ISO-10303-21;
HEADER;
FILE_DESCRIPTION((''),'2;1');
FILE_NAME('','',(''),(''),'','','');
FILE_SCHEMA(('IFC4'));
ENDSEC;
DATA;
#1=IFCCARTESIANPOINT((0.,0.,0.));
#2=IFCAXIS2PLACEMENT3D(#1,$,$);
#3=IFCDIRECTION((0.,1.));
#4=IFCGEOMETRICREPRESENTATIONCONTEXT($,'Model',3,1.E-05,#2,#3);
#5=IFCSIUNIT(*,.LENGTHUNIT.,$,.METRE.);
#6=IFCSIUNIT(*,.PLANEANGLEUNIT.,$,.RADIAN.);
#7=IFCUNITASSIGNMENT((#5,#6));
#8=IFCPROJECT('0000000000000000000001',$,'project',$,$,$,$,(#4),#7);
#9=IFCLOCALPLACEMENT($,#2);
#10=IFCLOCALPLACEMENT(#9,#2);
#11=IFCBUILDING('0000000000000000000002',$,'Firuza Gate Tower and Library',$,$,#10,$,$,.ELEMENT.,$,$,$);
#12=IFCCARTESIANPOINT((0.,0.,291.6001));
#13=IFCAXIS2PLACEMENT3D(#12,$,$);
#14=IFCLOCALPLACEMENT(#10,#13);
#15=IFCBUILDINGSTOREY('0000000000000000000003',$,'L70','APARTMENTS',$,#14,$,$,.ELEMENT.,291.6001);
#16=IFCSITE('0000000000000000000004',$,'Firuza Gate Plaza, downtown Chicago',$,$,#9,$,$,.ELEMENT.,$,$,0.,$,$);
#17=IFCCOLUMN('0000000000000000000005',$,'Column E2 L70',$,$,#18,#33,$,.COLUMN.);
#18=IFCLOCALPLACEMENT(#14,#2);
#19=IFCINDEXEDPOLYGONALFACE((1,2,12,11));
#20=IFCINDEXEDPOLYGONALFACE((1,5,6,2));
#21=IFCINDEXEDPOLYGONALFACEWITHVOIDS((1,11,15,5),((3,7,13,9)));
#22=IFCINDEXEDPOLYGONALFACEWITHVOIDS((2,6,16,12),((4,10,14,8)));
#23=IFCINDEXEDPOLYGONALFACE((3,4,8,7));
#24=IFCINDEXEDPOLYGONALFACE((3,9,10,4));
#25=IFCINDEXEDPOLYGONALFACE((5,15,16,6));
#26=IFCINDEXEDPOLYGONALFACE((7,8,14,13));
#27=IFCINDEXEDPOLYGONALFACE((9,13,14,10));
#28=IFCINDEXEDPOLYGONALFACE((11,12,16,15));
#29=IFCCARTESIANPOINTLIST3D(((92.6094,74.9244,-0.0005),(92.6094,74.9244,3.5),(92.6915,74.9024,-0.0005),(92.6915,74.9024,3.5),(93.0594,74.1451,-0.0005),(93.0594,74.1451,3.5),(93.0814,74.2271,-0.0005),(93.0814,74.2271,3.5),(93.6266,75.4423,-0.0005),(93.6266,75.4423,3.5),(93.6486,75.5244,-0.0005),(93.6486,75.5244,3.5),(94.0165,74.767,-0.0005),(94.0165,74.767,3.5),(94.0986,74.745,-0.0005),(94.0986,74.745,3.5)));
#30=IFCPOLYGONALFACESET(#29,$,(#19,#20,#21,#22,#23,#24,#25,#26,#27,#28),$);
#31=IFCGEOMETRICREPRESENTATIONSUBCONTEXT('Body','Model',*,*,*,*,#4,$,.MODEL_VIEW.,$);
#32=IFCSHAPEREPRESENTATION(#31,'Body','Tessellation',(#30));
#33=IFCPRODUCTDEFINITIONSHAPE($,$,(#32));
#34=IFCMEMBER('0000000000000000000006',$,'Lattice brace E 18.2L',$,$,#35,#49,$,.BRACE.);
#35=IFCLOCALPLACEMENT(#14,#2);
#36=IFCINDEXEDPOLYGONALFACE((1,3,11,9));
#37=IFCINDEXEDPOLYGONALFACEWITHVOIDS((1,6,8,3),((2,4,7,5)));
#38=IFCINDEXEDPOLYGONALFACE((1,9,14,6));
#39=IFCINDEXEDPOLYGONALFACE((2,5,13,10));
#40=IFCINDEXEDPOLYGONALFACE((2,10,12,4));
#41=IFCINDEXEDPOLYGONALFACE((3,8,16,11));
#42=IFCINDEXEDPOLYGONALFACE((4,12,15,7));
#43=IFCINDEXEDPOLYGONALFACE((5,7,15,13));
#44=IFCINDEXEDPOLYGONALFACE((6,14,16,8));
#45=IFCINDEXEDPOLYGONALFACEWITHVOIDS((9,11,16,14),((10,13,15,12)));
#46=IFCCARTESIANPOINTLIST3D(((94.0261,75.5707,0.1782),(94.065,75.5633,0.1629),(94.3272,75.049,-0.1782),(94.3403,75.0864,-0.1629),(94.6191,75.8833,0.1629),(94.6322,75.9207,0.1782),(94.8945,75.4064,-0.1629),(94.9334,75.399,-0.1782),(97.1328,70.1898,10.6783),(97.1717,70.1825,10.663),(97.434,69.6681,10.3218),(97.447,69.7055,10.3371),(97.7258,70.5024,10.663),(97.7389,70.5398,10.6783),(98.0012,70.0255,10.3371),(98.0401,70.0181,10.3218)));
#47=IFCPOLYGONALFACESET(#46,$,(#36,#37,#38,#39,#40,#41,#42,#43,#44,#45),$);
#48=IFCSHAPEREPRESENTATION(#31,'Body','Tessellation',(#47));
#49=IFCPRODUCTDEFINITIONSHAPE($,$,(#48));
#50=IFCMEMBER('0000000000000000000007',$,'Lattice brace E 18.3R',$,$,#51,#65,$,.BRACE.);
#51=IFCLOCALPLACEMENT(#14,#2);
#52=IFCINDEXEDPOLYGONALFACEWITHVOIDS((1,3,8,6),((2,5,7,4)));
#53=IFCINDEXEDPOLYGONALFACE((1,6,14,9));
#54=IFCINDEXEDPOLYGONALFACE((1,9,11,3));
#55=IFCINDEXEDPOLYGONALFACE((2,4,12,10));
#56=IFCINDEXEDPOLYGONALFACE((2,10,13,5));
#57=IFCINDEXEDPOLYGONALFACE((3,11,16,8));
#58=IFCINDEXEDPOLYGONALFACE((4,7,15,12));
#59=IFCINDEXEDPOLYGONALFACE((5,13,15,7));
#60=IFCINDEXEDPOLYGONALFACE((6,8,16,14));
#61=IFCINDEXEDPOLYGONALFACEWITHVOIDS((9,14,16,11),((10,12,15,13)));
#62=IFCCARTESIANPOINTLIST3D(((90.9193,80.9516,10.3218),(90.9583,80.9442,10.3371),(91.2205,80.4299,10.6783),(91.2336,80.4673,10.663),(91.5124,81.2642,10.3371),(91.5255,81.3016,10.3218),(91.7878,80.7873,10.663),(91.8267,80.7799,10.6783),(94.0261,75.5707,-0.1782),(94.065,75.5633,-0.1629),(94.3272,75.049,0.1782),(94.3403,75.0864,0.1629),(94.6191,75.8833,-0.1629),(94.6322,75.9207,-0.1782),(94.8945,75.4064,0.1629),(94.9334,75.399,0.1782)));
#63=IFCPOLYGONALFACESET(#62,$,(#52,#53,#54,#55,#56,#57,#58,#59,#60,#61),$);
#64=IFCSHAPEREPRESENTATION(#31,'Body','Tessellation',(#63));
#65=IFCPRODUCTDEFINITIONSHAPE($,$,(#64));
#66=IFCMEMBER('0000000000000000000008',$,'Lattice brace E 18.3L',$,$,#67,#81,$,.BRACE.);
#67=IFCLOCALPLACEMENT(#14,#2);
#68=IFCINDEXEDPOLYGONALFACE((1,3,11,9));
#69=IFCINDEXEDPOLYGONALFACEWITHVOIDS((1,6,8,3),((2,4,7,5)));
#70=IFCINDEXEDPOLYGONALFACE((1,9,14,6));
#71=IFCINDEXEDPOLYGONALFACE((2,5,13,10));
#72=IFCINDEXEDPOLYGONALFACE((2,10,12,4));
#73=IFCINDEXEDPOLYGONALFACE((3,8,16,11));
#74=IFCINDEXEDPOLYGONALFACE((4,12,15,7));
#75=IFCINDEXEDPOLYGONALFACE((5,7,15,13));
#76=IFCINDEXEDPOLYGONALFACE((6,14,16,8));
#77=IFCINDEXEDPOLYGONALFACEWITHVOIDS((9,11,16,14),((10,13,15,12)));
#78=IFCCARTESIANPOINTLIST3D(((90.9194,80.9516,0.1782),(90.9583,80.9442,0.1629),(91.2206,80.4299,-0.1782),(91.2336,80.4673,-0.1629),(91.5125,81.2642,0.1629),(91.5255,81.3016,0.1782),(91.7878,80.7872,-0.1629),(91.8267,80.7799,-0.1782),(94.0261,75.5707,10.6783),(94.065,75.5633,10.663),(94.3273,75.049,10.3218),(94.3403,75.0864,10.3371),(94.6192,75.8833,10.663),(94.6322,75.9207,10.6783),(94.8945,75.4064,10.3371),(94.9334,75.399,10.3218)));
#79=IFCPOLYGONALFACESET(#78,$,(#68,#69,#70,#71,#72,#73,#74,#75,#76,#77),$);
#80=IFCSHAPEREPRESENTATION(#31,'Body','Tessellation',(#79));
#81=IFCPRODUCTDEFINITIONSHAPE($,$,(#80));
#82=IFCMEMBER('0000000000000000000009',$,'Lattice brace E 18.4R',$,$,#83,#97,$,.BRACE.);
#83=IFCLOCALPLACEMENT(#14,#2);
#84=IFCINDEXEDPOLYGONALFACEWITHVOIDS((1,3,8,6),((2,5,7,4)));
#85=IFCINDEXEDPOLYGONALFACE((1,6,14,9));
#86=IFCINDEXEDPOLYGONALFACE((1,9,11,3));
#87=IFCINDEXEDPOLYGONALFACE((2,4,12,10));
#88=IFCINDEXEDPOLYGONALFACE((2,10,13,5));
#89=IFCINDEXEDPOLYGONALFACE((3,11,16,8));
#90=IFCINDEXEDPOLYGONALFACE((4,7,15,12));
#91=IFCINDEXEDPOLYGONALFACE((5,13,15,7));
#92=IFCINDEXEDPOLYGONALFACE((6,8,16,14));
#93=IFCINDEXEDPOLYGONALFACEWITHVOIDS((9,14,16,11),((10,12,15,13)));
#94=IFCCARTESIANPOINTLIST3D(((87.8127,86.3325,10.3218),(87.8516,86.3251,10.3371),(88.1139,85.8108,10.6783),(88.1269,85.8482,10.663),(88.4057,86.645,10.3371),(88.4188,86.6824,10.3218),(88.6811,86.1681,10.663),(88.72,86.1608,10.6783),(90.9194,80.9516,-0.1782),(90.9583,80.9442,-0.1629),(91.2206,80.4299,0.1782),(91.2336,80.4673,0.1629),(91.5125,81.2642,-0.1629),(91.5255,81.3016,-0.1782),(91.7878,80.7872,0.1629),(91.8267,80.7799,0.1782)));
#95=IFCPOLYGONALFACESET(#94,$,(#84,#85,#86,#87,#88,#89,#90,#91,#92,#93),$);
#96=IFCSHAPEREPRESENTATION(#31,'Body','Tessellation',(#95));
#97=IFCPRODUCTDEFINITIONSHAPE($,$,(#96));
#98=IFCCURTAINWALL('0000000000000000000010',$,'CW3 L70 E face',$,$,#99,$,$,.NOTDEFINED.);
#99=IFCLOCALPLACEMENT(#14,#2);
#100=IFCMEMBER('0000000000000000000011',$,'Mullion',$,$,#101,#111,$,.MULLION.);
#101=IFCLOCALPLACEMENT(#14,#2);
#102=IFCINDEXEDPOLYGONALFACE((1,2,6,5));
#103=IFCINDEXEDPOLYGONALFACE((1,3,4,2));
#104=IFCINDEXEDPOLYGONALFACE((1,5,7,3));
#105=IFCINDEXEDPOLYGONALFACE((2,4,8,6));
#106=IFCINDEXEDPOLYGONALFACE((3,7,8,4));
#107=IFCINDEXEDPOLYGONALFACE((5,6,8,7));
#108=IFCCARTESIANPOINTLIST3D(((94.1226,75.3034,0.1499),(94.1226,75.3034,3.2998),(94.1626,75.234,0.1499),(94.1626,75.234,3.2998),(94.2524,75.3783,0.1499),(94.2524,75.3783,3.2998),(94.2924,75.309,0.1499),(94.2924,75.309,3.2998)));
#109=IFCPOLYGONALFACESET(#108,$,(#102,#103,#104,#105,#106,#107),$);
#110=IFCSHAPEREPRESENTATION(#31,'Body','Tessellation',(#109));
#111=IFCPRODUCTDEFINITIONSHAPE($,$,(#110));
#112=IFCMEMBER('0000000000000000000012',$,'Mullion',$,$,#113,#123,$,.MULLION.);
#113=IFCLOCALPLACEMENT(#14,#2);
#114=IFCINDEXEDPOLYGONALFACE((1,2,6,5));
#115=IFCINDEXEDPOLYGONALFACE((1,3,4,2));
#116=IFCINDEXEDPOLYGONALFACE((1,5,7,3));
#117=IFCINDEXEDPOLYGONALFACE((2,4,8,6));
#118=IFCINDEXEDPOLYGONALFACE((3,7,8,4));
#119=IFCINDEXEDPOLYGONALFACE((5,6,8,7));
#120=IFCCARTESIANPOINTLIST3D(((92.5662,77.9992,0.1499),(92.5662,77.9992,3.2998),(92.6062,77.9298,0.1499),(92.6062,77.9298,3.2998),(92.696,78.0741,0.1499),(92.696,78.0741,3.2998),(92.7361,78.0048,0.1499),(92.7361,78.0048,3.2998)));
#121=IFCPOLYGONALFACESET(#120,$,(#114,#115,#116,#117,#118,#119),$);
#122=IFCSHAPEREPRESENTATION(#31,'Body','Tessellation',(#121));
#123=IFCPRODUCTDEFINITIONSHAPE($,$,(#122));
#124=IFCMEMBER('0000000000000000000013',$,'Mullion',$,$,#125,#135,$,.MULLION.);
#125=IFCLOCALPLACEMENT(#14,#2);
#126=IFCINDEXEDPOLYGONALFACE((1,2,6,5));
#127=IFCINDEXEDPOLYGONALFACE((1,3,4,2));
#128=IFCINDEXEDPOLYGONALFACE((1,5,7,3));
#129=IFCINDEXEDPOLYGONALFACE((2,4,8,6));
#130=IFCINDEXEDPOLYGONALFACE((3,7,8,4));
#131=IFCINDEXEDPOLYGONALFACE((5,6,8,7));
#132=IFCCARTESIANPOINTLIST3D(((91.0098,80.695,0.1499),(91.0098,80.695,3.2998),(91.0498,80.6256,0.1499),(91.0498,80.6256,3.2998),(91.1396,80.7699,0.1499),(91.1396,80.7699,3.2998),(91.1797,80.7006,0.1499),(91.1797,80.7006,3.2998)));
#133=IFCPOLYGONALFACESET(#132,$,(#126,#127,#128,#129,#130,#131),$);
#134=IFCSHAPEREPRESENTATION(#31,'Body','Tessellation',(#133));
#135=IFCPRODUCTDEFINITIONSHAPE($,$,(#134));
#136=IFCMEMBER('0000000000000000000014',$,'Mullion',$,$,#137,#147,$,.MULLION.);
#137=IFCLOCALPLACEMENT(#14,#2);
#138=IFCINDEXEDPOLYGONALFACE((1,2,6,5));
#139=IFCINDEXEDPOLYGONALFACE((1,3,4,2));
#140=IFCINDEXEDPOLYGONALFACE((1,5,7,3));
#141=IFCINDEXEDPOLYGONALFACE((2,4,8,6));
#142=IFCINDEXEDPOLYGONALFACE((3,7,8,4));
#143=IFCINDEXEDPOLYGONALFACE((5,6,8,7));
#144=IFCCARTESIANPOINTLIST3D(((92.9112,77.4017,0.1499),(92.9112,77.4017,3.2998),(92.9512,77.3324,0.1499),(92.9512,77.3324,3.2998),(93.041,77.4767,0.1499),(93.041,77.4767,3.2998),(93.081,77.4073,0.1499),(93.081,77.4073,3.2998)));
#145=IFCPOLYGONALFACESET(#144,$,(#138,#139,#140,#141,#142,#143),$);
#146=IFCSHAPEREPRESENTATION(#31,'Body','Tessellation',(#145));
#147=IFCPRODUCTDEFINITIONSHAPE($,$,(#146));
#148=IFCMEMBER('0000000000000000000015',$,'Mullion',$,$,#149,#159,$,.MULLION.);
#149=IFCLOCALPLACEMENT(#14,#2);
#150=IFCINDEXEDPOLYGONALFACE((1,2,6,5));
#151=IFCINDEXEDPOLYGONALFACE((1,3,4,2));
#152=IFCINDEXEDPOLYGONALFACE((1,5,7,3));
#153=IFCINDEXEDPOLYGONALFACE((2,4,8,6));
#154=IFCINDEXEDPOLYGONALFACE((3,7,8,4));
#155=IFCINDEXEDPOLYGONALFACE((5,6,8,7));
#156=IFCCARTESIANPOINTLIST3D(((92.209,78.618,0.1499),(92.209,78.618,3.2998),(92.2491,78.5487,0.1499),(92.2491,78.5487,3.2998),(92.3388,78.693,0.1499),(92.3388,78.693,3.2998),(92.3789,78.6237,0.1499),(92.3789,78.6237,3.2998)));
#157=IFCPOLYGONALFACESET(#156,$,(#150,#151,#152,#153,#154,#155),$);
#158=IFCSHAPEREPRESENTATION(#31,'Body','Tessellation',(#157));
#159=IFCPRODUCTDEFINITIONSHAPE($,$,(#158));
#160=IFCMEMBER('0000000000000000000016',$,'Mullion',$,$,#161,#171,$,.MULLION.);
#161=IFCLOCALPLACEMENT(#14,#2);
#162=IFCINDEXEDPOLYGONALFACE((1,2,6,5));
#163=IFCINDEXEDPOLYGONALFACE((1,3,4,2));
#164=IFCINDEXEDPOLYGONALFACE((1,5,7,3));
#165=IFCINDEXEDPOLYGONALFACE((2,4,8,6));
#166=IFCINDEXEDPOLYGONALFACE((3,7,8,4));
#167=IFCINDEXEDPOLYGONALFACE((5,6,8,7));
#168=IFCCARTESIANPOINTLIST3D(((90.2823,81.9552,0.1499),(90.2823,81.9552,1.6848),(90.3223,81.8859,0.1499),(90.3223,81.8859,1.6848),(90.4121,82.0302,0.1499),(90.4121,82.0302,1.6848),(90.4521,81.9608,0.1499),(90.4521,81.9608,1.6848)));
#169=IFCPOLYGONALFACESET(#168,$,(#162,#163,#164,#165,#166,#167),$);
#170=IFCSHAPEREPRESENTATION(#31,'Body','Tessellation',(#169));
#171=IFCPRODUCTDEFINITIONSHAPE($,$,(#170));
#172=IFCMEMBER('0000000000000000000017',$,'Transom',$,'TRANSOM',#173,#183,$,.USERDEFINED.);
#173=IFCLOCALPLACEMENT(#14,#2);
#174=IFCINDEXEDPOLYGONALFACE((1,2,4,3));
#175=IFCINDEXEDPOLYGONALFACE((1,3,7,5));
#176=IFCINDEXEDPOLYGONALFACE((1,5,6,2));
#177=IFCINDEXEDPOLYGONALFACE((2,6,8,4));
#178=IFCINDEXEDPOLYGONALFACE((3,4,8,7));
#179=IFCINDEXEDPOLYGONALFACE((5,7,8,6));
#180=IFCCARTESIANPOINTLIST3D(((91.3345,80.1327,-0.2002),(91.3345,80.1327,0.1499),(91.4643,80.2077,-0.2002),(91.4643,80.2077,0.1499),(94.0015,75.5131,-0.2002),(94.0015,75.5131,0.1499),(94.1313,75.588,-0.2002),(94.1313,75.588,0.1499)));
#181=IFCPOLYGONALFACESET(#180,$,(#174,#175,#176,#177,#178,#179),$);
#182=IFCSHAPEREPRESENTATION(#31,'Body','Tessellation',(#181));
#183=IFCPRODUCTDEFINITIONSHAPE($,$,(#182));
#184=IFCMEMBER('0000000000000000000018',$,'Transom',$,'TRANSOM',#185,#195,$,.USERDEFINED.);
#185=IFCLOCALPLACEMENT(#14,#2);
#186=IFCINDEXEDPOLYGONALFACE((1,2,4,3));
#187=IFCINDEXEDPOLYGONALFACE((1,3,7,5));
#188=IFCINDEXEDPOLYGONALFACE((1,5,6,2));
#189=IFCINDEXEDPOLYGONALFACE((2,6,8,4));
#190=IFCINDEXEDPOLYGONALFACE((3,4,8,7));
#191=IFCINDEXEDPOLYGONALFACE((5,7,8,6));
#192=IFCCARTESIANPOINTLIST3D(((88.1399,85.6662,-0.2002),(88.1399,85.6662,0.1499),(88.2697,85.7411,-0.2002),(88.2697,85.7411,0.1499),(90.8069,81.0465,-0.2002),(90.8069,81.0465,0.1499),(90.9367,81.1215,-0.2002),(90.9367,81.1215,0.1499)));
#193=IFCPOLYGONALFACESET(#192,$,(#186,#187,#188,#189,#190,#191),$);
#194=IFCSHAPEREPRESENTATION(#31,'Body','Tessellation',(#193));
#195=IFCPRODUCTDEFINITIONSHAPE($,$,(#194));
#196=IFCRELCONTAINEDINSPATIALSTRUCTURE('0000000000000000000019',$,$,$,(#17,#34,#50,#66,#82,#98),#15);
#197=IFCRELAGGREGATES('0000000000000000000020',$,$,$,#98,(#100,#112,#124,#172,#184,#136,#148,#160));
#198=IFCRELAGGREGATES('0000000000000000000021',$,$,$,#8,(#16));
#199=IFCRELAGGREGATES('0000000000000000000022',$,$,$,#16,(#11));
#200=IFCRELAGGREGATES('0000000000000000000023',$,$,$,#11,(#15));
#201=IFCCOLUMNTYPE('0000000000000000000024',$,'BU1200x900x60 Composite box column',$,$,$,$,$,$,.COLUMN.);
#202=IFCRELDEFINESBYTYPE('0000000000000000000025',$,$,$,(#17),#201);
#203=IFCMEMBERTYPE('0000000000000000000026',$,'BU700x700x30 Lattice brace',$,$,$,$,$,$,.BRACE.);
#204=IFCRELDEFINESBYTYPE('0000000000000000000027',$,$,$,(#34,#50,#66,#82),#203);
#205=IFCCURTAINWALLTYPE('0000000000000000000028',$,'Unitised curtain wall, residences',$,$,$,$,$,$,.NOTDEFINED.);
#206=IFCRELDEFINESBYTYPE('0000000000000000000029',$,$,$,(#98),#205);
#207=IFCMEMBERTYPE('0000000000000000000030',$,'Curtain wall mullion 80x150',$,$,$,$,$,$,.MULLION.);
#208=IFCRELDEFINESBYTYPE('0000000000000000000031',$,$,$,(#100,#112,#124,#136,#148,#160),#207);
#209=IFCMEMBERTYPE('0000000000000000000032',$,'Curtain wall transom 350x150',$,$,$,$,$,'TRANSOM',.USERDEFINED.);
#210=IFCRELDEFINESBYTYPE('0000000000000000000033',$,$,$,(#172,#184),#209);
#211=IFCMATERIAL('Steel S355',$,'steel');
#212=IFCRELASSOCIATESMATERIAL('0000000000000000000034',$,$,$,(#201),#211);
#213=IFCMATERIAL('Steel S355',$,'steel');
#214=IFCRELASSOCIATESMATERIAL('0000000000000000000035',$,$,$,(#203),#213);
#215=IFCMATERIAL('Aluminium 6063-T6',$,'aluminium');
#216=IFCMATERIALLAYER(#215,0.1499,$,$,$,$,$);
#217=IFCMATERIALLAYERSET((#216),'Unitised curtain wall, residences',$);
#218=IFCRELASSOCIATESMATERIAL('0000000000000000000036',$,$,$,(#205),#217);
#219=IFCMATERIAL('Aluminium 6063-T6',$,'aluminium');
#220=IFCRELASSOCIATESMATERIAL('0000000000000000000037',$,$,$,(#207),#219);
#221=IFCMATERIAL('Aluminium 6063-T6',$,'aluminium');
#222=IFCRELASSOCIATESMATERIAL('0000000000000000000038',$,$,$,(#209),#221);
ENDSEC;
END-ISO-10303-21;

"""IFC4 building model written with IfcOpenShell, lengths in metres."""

from ifc_helpers import new_model, si_unit, direction, frame, origin, origin_2d, place, context, subcontext, project, spatial, rectangle, hollow_rectangle, extrude, material, layer, layer_set, material_profile, profile_set, type_object, element, aggregate, save


model = new_model("IFC4")

# Units and contexts
model_context = context("Model", 3, precision=1e-05, world=origin(), true_north=direction((0.0, 1.0)))
body_context = subcontext(model_context, "Body", "Model", "MODEL_VIEW")
ifc_project = project(units=[si_unit("LENGTHUNIT", "METRE"), si_unit("PLANEANGLEUNIT", "RADIAN")], contexts=[model_context])

# Site, building, storey
site_placement = place(None, origin())
site = spatial("IfcSite", under=ifc_project, at=site_placement, Name="Firuza Gate Plaza, downtown Chicago", CompositionType="ELEMENT", RefElevation=0.0)
building_placement = place(site_placement, origin())
building = spatial("IfcBuilding", under=site, at=building_placement, Name="Firuza Gate Tower and Library", CompositionType="ELEMENT")
storey_placement = place(building_placement, frame((0.0, 0.0, 291.6001)))
storey = spatial("IfcBuildingStorey", under=building, at=storey_placement, Name="L70", Description="APARTMENTS", CompositionType="ELEMENT", Elevation=291.6001)

# Column
ifc_material_1 = material(Name="Steel S355", Category="steel")
ifc_material_profile_1 = material_profile(ifc_material_1, hollow_rectangle(XDim=0.8999, YDim=1.2, WallThickness=0.0601, at=origin_2d()))
ifc_profile_set_1 = profile_set([ifc_material_profile_1], Name="Steel S355")
column_type = type_object("IfcColumnType", Name="BU1200x900x60 Composite box column", PredefinedType="COLUMN", material=ifc_profile_set_1)
column_placement = place(storey_placement, frame((93.354, 74.8347, -0.0005), z_axis=(0.0, 0.0, 1.0), x_axis=(-0.5, 0.866025, 0.0)))
element("IfcColumn", 1, at=column_placement, inside=storey, type_object=column_type, Name="Column E2 L70", PredefinedType="COLUMN", context=body_context, shape_type="SweptSolid", body=[
    extrude(hollow_rectangle(XDim=0.8999, YDim=1.2, WallThickness=0.0601, at=origin_2d()), origin(), (0.0, 0.0, 1.0), 3.5005),
])

# Members
ifc_material_2 = material(Name="Steel S355", Category="steel")
ifc_material_profile_2 = material_profile(ifc_material_2, hollow_rectangle(XDim=0.7, YDim=0.7, WallThickness=0.03, at=origin_2d()))
ifc_profile_set_2 = profile_set([ifc_material_profile_2], Name="Steel S355")
member_type_1 = type_object("IfcMemberType", Name="BU700x700x30 Lattice brace", PredefinedType="BRACE", material=ifc_profile_set_2)
for number, where, z_axis, x_axis, name in (
    (2, (94.4797, 75.4849, 0.0), (0.254634, -0.441032, 0.860612), (0.866022, 0.500006, 0.0), "Lattice brace E 18.2L"),
    (3, (94.4797, 75.4849, 0.0), (-0.254634, 0.441032, 0.860612), (-0.866022, -0.500006, 0.0), "Lattice brace E 18.3R"),
    (4, (91.373, 80.8657, 0.0), (0.254634, -0.441032, 0.860612), (0.866022, 0.500006, 0.0), "Lattice brace E 18.3L"),
    (5, (91.373, 80.8657, 0.0), (-0.254634, 0.441032, 0.860612), (-0.866022, -0.500006, 0.0), "Lattice brace E 18.4R"),
):
    element("IfcMember", number, at=place(storey_placement, frame(where, z_axis=z_axis, x_axis=x_axis)), inside=storey, type_object=member_type_1, Name=name, PredefinedType="BRACE", context=body_context, shape_type="SweptSolid", body=[
        extrude(hollow_rectangle(XDim=0.7, YDim=0.7, WallThickness=0.03, at=origin_2d()), origin(), (0.0, 0.0, 1.0), 12.2007),
    ])

# Curtain wall, members
ifc_material_3 = material(Name="Aluminium 6063-T6", Category="aluminium")
ifc_layer_1 = layer(ifc_material_3, 0.1499)
ifc_layer_set_1 = layer_set([ifc_layer_1], Name="Unitised curtain wall, residences")
curtain_wall_type = type_object("IfcCurtainWallType", Name="Unitised curtain wall, residences", PredefinedType="NOTDEFINED", material=ifc_layer_set_1)
curtain_wall_placement = place(storey_placement, origin())
curtain_wall = element("IfcCurtainWall", 6, at=curtain_wall_placement, inside=storey, type_object=curtain_wall_type, Name="CW3 L70 E face", PredefinedType="NOTDEFINED")
ifc_material_4 = material(Name="Aluminium 6063-T6", Category="aluminium")
ifc_material_profile_3 = material_profile(ifc_material_4, rectangle(XDim=0.1499, YDim=0.0801, at=origin_2d()))
ifc_profile_set_3 = profile_set([ifc_material_profile_3], Name="Aluminium 6063-T6")
member_type_2 = type_object("IfcMemberType", Name="Curtain wall mullion 80x150", PredefinedType="MULLION", material=ifc_profile_set_3)
member_1_placement = place(storey_placement, frame((94.2075, 75.3062, 0.1499), z_axis=(0.0, 0.0, 1.0), x_axis=(-0.866025, -0.5, 0.0)))
member_1 = element("IfcMember", 7, at=member_1_placement, type_object=member_type_2, Name="Mullion", PredefinedType="MULLION", context=body_context, shape_type="SweptSolid", body=[
    extrude(rectangle(XDim=0.1499, YDim=0.0801, at=origin_2d()), origin(), (0.0, 0.0, 1.0), 3.1499),
])
member_2_placement = place(storey_placement, frame((92.6511, 78.002, 0.1499), z_axis=(0.0, 0.0, 1.0), x_axis=(-0.866025, -0.5, 0.0)))
member_2 = element("IfcMember", 8, at=member_2_placement, type_object=member_type_2, Name="Mullion", PredefinedType="MULLION", context=body_context, shape_type="SweptSolid", body=[
    extrude(rectangle(XDim=0.1499, YDim=0.0801, at=origin_2d()), origin(), (0.0, 0.0, 1.0), 3.1499),
])
member_3_placement = place(storey_placement, frame((91.0947, 80.6978, 0.1499), z_axis=(0.0, 0.0, 1.0), x_axis=(-0.866025, -0.5, 0.0)))
member_3 = element("IfcMember", 9, at=member_3_placement, type_object=member_type_2, Name="Mullion", PredefinedType="MULLION", context=body_context, shape_type="SweptSolid", body=[
    extrude(rectangle(XDim=0.1499, YDim=0.0801, at=origin_2d()), origin(), (0.0, 0.0, 1.0), 3.1499),
])
member_4_placement = place(storey_placement, frame((92.9961, 77.4045, 0.1499), z_axis=(0.0, 0.0, 1.0), x_axis=(-0.866025, -0.5, 0.0)))
member_4 = element("IfcMember", 10, at=member_4_placement, type_object=member_type_2, Name="Mullion", PredefinedType="MULLION", context=body_context, shape_type="SweptSolid", body=[
    extrude(rectangle(XDim=0.1499, YDim=0.0801, at=origin_2d()), origin(), (0.0, 0.0, 1.0), 3.1499),
])
member_5_placement = place(storey_placement, frame((92.2939, 78.6208, 0.1499), z_axis=(0.0, 0.0, 1.0), x_axis=(-0.866025, -0.5, 0.0)))
member_5 = element("IfcMember", 11, at=member_5_placement, type_object=member_type_2, Name="Mullion", PredefinedType="MULLION", context=body_context, shape_type="SweptSolid", body=[
    extrude(rectangle(XDim=0.1499, YDim=0.0801, at=origin_2d()), origin(), (0.0, 0.0, 1.0), 3.1499),
])
member_6_placement = place(storey_placement, frame((90.3672, 81.958, 0.1499), z_axis=(0.0, 0.0, 1.0), x_axis=(-0.866025, -0.5, 0.0)))
member_6 = element("IfcMember", 12, at=member_6_placement, type_object=member_type_2, Name="Mullion", PredefinedType="MULLION", context=body_context, shape_type="SweptSolid", body=[
    extrude(rectangle(XDim=0.1499, YDim=0.0801, at=origin_2d()), origin(), (0.0, 0.0, 1.0), 1.5349),
])
ifc_material_5 = material(Name="Aluminium 6063-T6", Category="aluminium")
ifc_material_profile_4 = material_profile(ifc_material_5, rectangle(XDim=0.1499, YDim=0.3501, at=origin_2d()))
ifc_profile_set_4 = profile_set([ifc_material_profile_4], Name="Aluminium 6063-T6")
member_type_3 = type_object("IfcMemberType", Name="Curtain wall transom 350x150", ElementType="TRANSOM", PredefinedType="USERDEFINED", material=ifc_profile_set_4)
member_7_placement = place(storey_placement, frame((94.0664, 75.5505, -0.0251), z_axis=(-0.499979, 0.866038, 0.0), x_axis=(-0.866038, -0.499979, 0.0)))
member_7 = element("IfcMember", 13, at=member_7_placement, type_object=member_type_3, Name="Transom", ObjectType="TRANSOM", PredefinedType="USERDEFINED", context=body_context, shape_type="SweptSolid", body=[
    extrude(rectangle(XDim=0.1499, YDim=0.3501, at=origin_2d()), origin(), (0.0, 0.0, 1.0), 5.3342),
])
member_8_placement = place(storey_placement, frame((90.8718, 81.084, -0.0251), z_axis=(-0.499979, 0.866038, 0.0), x_axis=(-0.866038, -0.499979, 0.0)))
member_8 = element("IfcMember", 14, at=member_8_placement, type_object=member_type_3, Name="Transom", ObjectType="TRANSOM", PredefinedType="USERDEFINED", context=body_context, shape_type="SweptSolid", body=[
    extrude(rectangle(XDim=0.1499, YDim=0.3501, at=origin_2d()), origin(), (0.0, 0.0, 1.0), 5.3342),
])

aggregate(curtain_wall, [member_1, member_2, member_3, member_7, member_8, member_4, member_5, member_6])

save(model, "model.ifc")
